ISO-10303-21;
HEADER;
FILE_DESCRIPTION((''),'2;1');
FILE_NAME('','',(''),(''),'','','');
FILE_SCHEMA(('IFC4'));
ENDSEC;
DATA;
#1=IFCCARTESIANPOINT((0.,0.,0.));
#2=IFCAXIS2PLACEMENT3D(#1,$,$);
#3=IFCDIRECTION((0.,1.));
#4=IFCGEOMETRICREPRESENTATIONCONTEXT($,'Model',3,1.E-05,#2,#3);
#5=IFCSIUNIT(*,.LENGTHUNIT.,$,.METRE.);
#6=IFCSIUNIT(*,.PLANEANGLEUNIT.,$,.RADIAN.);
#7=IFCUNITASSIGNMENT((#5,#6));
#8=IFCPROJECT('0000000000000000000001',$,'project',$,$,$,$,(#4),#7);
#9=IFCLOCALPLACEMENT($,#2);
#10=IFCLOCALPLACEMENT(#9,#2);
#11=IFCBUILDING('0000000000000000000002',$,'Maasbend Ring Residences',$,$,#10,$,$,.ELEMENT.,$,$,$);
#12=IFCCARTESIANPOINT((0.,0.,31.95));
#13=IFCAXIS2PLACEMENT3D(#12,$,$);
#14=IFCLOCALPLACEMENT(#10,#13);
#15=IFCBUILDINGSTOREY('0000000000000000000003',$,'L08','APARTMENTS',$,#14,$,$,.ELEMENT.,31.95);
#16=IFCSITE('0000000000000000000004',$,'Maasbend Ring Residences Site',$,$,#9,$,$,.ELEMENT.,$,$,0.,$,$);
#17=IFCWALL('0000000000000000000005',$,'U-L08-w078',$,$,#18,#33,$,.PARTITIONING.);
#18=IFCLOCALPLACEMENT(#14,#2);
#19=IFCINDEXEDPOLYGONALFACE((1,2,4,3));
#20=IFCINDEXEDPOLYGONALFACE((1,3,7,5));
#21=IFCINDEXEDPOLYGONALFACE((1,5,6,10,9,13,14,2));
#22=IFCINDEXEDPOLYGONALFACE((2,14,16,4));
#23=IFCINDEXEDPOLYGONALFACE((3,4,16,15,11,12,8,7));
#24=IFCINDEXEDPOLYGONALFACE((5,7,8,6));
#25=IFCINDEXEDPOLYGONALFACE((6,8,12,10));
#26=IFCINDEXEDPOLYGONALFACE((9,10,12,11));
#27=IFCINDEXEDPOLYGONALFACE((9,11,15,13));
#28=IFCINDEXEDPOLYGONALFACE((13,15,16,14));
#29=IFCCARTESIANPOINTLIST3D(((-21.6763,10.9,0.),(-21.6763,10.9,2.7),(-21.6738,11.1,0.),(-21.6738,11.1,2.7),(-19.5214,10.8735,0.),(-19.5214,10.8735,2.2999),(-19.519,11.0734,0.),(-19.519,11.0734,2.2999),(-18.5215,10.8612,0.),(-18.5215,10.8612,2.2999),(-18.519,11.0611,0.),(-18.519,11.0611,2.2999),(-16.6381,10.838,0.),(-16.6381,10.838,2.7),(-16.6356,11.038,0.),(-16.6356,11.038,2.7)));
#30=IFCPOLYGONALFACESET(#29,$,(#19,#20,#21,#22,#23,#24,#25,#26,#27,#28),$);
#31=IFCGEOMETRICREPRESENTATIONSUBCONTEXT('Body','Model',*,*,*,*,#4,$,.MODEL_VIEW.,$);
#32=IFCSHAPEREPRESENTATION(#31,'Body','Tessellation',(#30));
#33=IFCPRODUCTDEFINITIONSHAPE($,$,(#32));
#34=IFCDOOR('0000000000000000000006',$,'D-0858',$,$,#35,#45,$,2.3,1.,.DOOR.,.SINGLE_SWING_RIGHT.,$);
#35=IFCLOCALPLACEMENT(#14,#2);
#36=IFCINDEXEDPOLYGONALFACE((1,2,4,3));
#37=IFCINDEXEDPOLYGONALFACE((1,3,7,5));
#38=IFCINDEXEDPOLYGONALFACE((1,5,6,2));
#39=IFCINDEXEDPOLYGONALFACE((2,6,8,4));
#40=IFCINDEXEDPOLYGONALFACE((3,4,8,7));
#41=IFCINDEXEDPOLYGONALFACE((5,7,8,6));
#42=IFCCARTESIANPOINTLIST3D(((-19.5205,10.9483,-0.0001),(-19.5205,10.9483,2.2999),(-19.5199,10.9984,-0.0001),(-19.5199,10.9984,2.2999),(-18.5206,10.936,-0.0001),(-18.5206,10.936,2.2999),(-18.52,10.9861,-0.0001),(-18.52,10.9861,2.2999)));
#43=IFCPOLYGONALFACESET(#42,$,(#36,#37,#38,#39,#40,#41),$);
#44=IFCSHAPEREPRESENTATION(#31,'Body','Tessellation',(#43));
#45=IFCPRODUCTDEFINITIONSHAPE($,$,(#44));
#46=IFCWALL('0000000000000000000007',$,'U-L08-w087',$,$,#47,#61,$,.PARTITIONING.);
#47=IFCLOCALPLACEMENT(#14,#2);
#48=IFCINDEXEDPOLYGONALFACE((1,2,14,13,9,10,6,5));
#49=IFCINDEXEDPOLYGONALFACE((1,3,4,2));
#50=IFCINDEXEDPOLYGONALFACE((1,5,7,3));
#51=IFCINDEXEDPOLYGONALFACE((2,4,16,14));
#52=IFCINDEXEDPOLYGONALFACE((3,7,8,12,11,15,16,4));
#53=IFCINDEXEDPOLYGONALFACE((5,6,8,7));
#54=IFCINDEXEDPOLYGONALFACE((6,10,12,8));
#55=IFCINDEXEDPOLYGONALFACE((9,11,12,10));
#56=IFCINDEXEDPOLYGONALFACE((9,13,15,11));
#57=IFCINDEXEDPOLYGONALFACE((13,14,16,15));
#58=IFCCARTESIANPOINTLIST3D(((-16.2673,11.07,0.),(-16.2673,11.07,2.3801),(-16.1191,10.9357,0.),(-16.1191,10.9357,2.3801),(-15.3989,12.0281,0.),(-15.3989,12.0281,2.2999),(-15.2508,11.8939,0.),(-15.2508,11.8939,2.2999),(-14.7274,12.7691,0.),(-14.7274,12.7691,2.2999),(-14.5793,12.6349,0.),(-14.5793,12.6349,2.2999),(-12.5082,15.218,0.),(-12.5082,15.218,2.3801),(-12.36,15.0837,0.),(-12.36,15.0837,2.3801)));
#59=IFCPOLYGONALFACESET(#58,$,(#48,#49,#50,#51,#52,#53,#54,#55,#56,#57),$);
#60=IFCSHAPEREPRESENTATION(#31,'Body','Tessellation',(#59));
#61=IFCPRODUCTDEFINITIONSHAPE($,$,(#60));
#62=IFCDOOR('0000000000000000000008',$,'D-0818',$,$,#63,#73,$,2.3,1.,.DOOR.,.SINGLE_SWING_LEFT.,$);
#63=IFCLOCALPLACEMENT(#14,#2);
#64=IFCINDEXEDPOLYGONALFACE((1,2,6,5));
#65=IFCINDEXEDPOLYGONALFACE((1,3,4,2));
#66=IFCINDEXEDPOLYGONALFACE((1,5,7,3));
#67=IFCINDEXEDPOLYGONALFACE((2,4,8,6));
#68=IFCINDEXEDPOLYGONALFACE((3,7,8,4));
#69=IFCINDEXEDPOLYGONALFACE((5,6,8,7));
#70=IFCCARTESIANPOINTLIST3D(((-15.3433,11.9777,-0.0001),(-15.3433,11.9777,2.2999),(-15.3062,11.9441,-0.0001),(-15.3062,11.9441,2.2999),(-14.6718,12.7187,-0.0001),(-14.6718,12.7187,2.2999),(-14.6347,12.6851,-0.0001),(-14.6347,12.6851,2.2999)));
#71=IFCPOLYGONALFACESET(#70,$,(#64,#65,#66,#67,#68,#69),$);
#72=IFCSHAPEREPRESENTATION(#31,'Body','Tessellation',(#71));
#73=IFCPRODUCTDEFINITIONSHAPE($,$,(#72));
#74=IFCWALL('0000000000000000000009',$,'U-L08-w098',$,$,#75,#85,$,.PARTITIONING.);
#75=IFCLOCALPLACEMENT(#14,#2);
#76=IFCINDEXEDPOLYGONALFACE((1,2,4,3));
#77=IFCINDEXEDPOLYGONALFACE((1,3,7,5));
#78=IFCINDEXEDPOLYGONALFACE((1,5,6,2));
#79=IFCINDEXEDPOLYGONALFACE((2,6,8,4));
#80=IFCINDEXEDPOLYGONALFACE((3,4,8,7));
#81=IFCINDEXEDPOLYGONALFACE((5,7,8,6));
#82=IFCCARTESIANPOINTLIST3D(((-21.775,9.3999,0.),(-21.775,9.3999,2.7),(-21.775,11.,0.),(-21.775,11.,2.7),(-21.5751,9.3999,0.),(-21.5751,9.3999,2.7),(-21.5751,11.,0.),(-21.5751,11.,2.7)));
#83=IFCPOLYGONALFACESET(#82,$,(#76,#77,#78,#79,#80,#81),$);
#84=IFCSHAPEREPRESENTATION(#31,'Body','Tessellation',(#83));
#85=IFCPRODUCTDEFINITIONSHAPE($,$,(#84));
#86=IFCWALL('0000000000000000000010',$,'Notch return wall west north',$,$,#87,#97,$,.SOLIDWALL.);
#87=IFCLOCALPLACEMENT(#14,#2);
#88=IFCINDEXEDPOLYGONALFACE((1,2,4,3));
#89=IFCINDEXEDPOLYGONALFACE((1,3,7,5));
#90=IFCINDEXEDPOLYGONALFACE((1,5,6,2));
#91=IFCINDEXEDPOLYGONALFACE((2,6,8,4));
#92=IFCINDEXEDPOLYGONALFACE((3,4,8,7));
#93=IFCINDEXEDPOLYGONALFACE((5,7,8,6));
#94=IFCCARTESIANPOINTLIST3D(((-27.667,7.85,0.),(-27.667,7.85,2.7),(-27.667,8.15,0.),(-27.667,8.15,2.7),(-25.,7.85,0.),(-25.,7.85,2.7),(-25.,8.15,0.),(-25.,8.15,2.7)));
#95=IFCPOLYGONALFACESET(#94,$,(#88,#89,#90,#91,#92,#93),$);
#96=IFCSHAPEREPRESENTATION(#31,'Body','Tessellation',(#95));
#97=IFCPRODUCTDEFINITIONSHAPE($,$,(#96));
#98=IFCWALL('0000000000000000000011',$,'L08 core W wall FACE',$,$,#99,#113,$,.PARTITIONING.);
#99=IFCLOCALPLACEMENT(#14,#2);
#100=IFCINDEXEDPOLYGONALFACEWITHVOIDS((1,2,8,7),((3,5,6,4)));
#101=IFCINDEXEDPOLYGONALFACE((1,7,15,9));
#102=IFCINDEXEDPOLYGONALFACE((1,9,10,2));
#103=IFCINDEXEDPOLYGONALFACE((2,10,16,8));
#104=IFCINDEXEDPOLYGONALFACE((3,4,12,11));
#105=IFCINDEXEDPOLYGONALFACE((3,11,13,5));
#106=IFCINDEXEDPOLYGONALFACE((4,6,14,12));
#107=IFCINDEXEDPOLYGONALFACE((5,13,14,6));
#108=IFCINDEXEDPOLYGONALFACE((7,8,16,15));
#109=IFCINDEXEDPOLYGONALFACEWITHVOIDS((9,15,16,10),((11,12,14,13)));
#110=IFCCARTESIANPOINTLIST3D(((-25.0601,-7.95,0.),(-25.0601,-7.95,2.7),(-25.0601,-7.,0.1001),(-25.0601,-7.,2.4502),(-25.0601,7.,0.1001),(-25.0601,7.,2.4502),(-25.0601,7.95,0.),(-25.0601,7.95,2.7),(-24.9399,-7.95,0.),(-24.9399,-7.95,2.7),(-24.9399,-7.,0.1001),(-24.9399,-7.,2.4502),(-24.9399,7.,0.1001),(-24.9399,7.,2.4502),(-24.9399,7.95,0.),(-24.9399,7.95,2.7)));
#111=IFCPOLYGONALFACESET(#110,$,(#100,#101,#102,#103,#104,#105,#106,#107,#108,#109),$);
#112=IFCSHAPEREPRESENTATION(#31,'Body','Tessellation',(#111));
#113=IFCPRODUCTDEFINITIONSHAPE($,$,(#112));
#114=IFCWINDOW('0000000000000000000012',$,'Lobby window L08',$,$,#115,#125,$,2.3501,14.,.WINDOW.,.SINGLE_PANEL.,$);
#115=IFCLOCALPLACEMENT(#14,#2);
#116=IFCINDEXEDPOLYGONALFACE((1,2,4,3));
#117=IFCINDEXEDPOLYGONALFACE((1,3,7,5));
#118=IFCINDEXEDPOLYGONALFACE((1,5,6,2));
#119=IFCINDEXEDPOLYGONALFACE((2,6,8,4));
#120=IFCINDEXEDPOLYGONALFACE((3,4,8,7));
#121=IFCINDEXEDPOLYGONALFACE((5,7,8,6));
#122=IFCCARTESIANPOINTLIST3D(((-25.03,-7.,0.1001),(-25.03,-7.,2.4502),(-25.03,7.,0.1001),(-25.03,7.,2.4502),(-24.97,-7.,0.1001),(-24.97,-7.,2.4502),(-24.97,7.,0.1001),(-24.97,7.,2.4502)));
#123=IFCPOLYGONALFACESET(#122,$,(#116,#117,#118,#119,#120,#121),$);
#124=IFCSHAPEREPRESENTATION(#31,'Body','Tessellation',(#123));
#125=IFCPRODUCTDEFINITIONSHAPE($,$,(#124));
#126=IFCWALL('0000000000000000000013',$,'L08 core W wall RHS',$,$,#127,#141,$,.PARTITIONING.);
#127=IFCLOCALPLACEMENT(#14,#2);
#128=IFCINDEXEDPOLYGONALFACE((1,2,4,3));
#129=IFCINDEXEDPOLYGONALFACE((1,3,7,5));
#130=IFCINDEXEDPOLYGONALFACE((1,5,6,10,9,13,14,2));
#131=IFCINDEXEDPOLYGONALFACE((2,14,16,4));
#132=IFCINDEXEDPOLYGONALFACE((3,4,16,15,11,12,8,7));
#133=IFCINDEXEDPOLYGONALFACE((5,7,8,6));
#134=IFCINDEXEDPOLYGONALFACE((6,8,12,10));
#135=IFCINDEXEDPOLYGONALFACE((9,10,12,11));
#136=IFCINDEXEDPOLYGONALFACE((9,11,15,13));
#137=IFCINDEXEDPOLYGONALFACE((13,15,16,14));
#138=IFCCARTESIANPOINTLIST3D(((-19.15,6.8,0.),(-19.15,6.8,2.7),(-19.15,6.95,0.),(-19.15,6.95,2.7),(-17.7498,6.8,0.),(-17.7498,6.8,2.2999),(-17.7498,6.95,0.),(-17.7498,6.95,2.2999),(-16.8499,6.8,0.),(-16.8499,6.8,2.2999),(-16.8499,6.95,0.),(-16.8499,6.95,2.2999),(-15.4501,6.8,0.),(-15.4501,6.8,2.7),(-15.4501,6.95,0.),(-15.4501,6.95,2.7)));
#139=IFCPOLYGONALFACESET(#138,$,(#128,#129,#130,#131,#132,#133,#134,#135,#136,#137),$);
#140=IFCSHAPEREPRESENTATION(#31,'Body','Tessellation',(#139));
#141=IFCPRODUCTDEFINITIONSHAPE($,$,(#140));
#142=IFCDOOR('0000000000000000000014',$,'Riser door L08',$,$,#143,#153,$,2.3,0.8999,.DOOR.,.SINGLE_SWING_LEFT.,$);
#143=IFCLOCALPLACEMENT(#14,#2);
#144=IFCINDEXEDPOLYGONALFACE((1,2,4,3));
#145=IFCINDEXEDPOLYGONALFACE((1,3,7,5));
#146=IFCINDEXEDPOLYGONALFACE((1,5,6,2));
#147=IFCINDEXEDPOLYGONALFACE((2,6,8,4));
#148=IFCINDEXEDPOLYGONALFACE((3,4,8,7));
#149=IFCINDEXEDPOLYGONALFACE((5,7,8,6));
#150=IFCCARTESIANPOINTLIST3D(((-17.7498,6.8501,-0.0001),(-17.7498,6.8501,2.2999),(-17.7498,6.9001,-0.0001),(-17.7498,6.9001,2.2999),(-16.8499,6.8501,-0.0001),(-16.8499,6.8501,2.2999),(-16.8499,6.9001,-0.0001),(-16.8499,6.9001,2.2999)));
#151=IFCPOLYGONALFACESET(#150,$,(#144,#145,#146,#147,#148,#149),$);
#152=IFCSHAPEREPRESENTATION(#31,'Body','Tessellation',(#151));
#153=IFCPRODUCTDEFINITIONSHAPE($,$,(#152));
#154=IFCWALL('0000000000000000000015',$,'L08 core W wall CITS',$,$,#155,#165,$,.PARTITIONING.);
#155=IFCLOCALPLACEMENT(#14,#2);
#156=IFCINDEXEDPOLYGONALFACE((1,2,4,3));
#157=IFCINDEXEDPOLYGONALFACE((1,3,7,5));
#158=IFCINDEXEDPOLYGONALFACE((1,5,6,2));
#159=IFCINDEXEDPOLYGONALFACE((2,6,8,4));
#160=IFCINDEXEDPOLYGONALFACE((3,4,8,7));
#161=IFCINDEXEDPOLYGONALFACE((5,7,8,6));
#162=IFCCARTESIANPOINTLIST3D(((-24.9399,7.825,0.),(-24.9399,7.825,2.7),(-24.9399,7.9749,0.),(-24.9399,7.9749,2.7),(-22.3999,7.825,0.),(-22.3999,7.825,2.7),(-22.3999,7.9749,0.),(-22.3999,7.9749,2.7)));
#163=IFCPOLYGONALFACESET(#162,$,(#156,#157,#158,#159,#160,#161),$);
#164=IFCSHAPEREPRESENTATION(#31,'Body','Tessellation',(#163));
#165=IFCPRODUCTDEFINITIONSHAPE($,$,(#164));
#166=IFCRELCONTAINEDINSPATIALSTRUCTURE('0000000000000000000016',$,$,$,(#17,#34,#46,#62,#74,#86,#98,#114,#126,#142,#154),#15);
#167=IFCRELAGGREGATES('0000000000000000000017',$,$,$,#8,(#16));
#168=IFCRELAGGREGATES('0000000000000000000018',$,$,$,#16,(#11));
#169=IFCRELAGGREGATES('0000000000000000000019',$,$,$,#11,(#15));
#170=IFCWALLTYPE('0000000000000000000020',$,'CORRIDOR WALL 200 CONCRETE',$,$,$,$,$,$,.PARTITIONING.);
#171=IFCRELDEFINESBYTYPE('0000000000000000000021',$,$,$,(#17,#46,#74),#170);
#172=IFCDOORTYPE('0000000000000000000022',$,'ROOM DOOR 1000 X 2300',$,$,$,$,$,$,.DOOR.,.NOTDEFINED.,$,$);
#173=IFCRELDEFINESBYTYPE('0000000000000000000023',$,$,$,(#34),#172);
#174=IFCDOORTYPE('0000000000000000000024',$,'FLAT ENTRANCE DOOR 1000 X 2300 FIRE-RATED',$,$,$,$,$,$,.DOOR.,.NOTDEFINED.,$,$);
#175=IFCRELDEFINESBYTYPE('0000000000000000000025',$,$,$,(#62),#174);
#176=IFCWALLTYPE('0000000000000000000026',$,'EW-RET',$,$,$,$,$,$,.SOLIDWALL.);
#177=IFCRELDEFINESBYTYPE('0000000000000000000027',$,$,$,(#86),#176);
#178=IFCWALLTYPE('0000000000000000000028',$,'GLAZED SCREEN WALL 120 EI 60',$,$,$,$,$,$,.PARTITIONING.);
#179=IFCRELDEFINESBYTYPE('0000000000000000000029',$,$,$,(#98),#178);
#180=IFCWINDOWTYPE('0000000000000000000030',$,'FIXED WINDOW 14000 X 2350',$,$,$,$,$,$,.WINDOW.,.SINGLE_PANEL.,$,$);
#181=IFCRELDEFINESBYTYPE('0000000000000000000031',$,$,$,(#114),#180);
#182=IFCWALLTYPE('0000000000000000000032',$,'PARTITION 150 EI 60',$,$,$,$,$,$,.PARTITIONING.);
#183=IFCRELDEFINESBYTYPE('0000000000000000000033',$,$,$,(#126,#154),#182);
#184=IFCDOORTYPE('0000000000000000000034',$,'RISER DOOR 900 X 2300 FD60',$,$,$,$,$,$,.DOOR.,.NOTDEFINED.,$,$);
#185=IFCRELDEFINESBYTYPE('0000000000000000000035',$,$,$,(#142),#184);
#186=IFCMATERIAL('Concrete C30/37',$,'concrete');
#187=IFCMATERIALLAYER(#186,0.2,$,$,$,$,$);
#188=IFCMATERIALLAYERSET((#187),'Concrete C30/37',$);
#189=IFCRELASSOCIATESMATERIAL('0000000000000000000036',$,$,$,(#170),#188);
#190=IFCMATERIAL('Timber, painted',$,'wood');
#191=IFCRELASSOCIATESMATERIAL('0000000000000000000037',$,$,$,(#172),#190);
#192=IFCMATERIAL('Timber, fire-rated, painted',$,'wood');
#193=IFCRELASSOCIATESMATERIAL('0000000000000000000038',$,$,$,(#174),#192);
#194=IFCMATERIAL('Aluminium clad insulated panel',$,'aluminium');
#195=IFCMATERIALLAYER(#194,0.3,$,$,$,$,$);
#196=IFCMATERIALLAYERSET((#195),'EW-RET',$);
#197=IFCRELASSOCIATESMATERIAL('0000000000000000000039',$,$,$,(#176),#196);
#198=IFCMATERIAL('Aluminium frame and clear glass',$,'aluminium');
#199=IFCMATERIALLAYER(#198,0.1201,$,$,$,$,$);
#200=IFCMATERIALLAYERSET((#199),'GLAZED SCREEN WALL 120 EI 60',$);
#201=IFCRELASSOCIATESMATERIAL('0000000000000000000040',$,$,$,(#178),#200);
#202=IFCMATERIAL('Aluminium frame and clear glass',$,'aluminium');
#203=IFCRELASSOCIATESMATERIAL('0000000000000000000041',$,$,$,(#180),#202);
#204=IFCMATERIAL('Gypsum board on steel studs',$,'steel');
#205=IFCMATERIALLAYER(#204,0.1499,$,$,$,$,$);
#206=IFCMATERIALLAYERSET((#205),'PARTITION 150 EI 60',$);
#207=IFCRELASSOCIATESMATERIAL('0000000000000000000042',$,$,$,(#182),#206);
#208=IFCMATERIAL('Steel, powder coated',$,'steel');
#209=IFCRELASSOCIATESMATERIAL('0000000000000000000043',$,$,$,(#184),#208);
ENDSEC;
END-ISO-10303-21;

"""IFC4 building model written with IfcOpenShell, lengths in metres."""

from ifc_helpers import new_model, si_unit, direction, frame, frame_2d, origin, place, context, subcontext, project, spatial, rectangle, extrude, material, layer, layer_set, type_object, element, fill, save


model = new_model("IFC4")

# Units and contexts
model_context = context("Model", 3, precision=1e-05, world=origin(), true_north=direction((0.0, 1.0)))
body_context = subcontext(model_context, "Body", "Model", "MODEL_VIEW")
ifc_project = project(units=[si_unit("LENGTHUNIT", "METRE"), si_unit("PLANEANGLEUNIT", "RADIAN")], contexts=[model_context])

# Site, building, storey
site_placement = place(None, origin())
site = spatial("IfcSite", under=ifc_project, at=site_placement, Name="Maasbend Ring Residences Site", CompositionType="ELEMENT", RefElevation=0.0)
building_placement = place(site_placement, origin())
building = spatial("IfcBuilding", under=site, at=building_placement, Name="Maasbend Ring Residences", CompositionType="ELEMENT")
storey_placement = place(building_placement, frame((0.0, 0.0, 31.95)))
storey = spatial("IfcBuildingStorey", under=building, at=storey_placement, Name="L08", Description="APARTMENTS", CompositionType="ELEMENT", Elevation=31.95)

# Walls, openings, doors
ifc_material_1 = material(Name="Concrete C30/37", Category="concrete")
ifc_layer_1 = layer(ifc_material_1, 0.2)
ifc_layer_set_1 = layer_set([ifc_layer_1], Name="Concrete C30/37")
wall_type_1 = type_object("IfcWallType", Name="CORRIDOR WALL 200 CONCRETE", PredefinedType="PARTITIONING", material=ifc_layer_set_1)
wall_1_placement = place(storey_placement, frame((-21.675, 11.0, 0.0), z_axis=(0.0, 0.0, 1.0), x_axis=(0.999924, -0.012308, 0.0)))
wall_1 = element("IfcWall", 1, at=wall_1_placement, inside=storey, type_object=wall_type_1, Name="U-L08-w078", PredefinedType="PARTITIONING", context=body_context, shape_type="SweptSolid", body=[
    extrude(rectangle(XDim=5.0386, YDim=0.2, at=frame_2d((2.5193, 0.0))), origin(), (0.0, 0.0, 1.0), 2.7),
])
opening_1_placement = place(wall_1_placement, frame((2.155, 0.0, 0.0)))
opening_1 = element("IfcOpeningElement", 2, at=opening_1_placement, cuts=wall_1, PredefinedType="OPENING", context=body_context, shape_type="SweptSolid", body=[
    extrude(rectangle(XDim=1.0, YDim=2.3, at=frame_2d((0.5, 1.1499))), frame((0.0, 0.1099, 0.0), z_axis=(0.0, -1.0, 0.0), x_axis=(1.0, 0.0, 0.0)), (0.0, 0.0, 1.0), 0.22),
])
ifc_material_2 = material(Name="Timber, painted", Category="wood")
door_type_1 = type_object("IfcDoorType", Name="ROOM DOOR 1000 X 2300", OperationType="NOTDEFINED", PredefinedType="DOOR", material=ifc_material_2)
door_1_placement = place(opening_1_placement, origin())
door_1 = element("IfcDoor", 3, at=door_1_placement, inside=storey, type_object=door_type_1, Name="D-0858", OperationType="SINGLE_SWING_RIGHT", OverallHeight=2.3, OverallWidth=1.0, PredefinedType="DOOR", context=body_context, shape_type="SweptSolid", body=[
    extrude(rectangle(XDim=1.0, YDim=2.3, at=frame_2d((0.5, 1.1499))), frame((0.0, 0.0249, 0.0), z_axis=(0.0, -1.0, 0.0), x_axis=(1.0, 0.0, 0.0)), (0.0, 0.0, 1.0), 0.05),
])
fill(opening_1, door_1)
wall_2_placement = place(storey_placement, frame((-16.1931, 11.0029, 0.0), z_axis=(0.0, 0.0, 1.0), x_axis=(0.671515, 0.740991, 0.0)))
wall_2 = element("IfcWall", 4, at=wall_2_placement, inside=storey, type_object=wall_type_1, Name="U-L08-w087", PredefinedType="PARTITIONING", context=body_context, shape_type="SweptSolid", body=[
    extrude(rectangle(XDim=5.5979, YDim=0.2, at=frame_2d((2.7988, 0.0))), origin(), (0.0, 0.0, 1.0), 2.3801),
])
opening_2_placement = place(wall_2_placement, frame((1.293, 0.0, 0.0)))
opening_2 = element("IfcOpeningElement", 5, at=opening_2_placement, cuts=wall_2, PredefinedType="OPENING", context=body_context, shape_type="SweptSolid", body=[
    extrude(rectangle(XDim=1.0, YDim=2.3, at=frame_2d((0.5, 1.1499))), frame((0.0, 0.1099, 0.0), z_axis=(0.0, -1.0, 0.0), x_axis=(1.0, 0.0, 0.0)), (0.0, 0.0, 1.0), 0.22),
])
ifc_material_3 = material(Name="Timber, fire-rated, painted", Category="wood")
door_type_2 = type_object("IfcDoorType", Name="FLAT ENTRANCE DOOR 1000 X 2300 FIRE-RATED", OperationType="NOTDEFINED", PredefinedType="DOOR", material=ifc_material_3)
door_2_placement = place(opening_2_placement, origin())
door_2 = element("IfcDoor", 6, at=door_2_placement, inside=storey, type_object=door_type_2, Name="D-0818", OperationType="SINGLE_SWING_LEFT", OverallHeight=2.3, OverallWidth=1.0, PredefinedType="DOOR", context=body_context, shape_type="SweptSolid", body=[
    extrude(rectangle(XDim=1.0, YDim=2.3, at=frame_2d((0.5, 1.1499))), frame((0.0, 0.0249, 0.0), z_axis=(0.0, -1.0, 0.0), x_axis=(1.0, 0.0, 0.0)), (0.0, 0.0, 1.0), 0.05),
])
fill(opening_2, door_2)

# Walls
wall_3_placement = place(storey_placement, frame((-21.675, 9.3999, 0.0), z_axis=(0.0, 0.0, 1.0), x_axis=(0.0, 1.0, 0.0)))
element("IfcWall", 7, at=wall_3_placement, inside=storey, type_object=wall_type_1, Name="U-L08-w098", PredefinedType="PARTITIONING", context=body_context, shape_type="SweptSolid", body=[
    extrude(rectangle(XDim=1.6001, YDim=0.2, at=frame_2d((0.8, 0.0))), origin(), (0.0, 0.0, 1.0), 2.7),
])
ifc_material_4 = material(Name="Aluminium clad insulated panel", Category="aluminium")
ifc_layer_2 = layer(ifc_material_4, 0.3)
ifc_layer_set_2 = layer_set([ifc_layer_2], Name="EW-RET")
wall_type_2 = type_object("IfcWallType", Name="EW-RET", PredefinedType="SOLIDWALL", material=ifc_layer_set_2)
wall_4_placement = place(storey_placement, frame((-25.0, 8.0, 0.0), z_axis=(0.0, 0.0, 1.0), x_axis=(-1.0, 0.0, 0.0)))
element("IfcWall", 8, at=wall_4_placement, inside=storey, type_object=wall_type_2, Name="Notch return wall west north", PredefinedType="SOLIDWALL", context=body_context, shape_type="SweptSolid", body=[
    extrude(rectangle(XDim=2.667, YDim=0.3, at=frame_2d((1.3335, 0.0))), origin(), (0.0, 0.0, 1.0), 2.7),
])

# Wall, opening, window
ifc_material_5 = material(Name="Aluminium frame and clear glass", Category="aluminium")
ifc_layer_3 = layer(ifc_material_5, 0.1201)
ifc_layer_set_3 = layer_set([ifc_layer_3], Name="GLAZED SCREEN WALL 120 EI 60")
wall_type_3 = type_object("IfcWallType", Name="GLAZED SCREEN WALL 120 EI 60", PredefinedType="PARTITIONING", material=ifc_layer_set_3)
wall_5_placement = place(storey_placement, frame((-25.0, 7.95, 0.0), z_axis=(0.0, 0.0, 1.0), x_axis=(0.0, -1.0, 0.0)))
wall_5 = element("IfcWall", 9, at=wall_5_placement, inside=storey, type_object=wall_type_3, Name="L08 core W wall FACE", PredefinedType="PARTITIONING", context=body_context, shape_type="SweptSolid", body=[
    extrude(rectangle(XDim=15.8999, YDim=0.1201, at=frame_2d((7.95, 0.0))), origin(), (0.0, 0.0, 1.0), 2.7),
])
opening_3_placement = place(wall_5_placement, frame((0.95, 0.0, 0.1001)))
opening_3 = element("IfcOpeningElement", 10, at=opening_3_placement, cuts=wall_5, PredefinedType="OPENING", context=body_context, shape_type="SweptSolid", body=[
    extrude(rectangle(XDim=14.0, YDim=2.3501, at=frame_2d((7.0, 1.175))), frame((0.0, 0.0701, 0.0), z_axis=(0.0, -1.0, 0.0), x_axis=(1.0, 0.0, 0.0)), (0.0, 0.0, 1.0), 0.1401),
])
ifc_material_6 = material(Name="Aluminium frame and clear glass", Category="aluminium")
window_type = type_object("IfcWindowType", Name="FIXED WINDOW 14000 X 2350", PartitioningType="SINGLE_PANEL", PredefinedType="WINDOW", material=ifc_material_6)
window_placement = place(opening_3_placement, origin())
window = element("IfcWindow", 11, at=window_placement, inside=storey, type_object=window_type, Name="Lobby window L08", OverallHeight=2.3501, OverallWidth=14.0, PartitioningType="SINGLE_PANEL", PredefinedType="WINDOW", context=body_context, shape_type="SweptSolid", body=[
    extrude(rectangle(XDim=14.0, YDim=2.3501, at=frame_2d((7.0, 1.175))), frame((0.0, 0.03, 0.0), z_axis=(0.0, -1.0, 0.0), x_axis=(1.0, 0.0, 0.0)), (0.0, 0.0, 1.0), 0.0601),
])
fill(opening_3, window)

# Wall, opening, door
ifc_material_7 = material(Name="Gypsum board on steel studs", Category="steel")
ifc_layer_4 = layer(ifc_material_7, 0.1499)
ifc_layer_set_4 = layer_set([ifc_layer_4], Name="PARTITION 150 EI 60")
wall_type_4 = type_object("IfcWallType", Name="PARTITION 150 EI 60", PredefinedType="PARTITIONING", material=ifc_layer_set_4)
wall_6_placement = place(storey_placement, frame((-15.45, 6.875, 0.0), z_axis=(0.0, 0.0, 1.0), x_axis=(-1.0, 0.0, 0.0)))
wall_6 = element("IfcWall", 12, at=wall_6_placement, inside=storey, type_object=wall_type_4, Name="L08 core W wall RHS", PredefinedType="PARTITIONING", context=body_context, shape_type="SweptSolid", body=[
    extrude(rectangle(XDim=3.7, YDim=0.1499, at=frame_2d((1.8501, 0.0))), origin(), (0.0, 0.0, 1.0), 2.7),
])
opening_4_placement = place(wall_6_placement, frame((1.3999, 0.0, 0.0)))
opening_4 = element("IfcOpeningElement", 13, at=opening_4_placement, cuts=wall_6, PredefinedType="OPENING", context=body_context, shape_type="SweptSolid", body=[
    extrude(rectangle(XDim=0.8999, YDim=2.3, at=frame_2d((0.45, 1.1499))), frame((0.0, 0.085, 0.0), z_axis=(0.0, -1.0, 0.0), x_axis=(1.0, 0.0, 0.0)), (0.0, 0.0, 1.0), 0.1699),
])
ifc_material_8 = material(Name="Steel, powder coated", Category="steel")
door_type_3 = type_object("IfcDoorType", Name="RISER DOOR 900 X 2300 FD60", OperationType="NOTDEFINED", PredefinedType="DOOR", material=ifc_material_8)
door_3_placement = place(opening_4_placement, origin())
door_3 = element("IfcDoor", 14, at=door_3_placement, inside=storey, type_object=door_type_3, Name="Riser door L08", OperationType="SINGLE_SWING_LEFT", OverallHeight=2.3, OverallWidth=0.8999, PredefinedType="DOOR", context=body_context, shape_type="SweptSolid", body=[
    extrude(rectangle(XDim=0.8999, YDim=2.3, at=frame_2d((0.45, 1.1499))), frame((0.0, 0.0249, 0.0), z_axis=(0.0, -1.0, 0.0), x_axis=(1.0, 0.0, 0.0)), (0.0, 0.0, 1.0), 0.05),
])
fill(opening_4, door_3)

# Wall
wall_7_placement = place(storey_placement, frame((-22.3999, 7.8999, 0.0), z_axis=(0.0, 0.0, 1.0), x_axis=(-1.0, 0.0, 0.0)))
element("IfcWall", 15, at=wall_7_placement, inside=storey, type_object=wall_type_4, Name="L08 core W wall CITS", PredefinedType="PARTITIONING", context=body_context, shape_type="SweptSolid", body=[
    extrude(rectangle(XDim=2.54, YDim=0.1499, at=frame_2d((1.27, 0.0))), origin(), (0.0, 0.0, 1.0), 2.7),
])

save(model, "model.ifc")
